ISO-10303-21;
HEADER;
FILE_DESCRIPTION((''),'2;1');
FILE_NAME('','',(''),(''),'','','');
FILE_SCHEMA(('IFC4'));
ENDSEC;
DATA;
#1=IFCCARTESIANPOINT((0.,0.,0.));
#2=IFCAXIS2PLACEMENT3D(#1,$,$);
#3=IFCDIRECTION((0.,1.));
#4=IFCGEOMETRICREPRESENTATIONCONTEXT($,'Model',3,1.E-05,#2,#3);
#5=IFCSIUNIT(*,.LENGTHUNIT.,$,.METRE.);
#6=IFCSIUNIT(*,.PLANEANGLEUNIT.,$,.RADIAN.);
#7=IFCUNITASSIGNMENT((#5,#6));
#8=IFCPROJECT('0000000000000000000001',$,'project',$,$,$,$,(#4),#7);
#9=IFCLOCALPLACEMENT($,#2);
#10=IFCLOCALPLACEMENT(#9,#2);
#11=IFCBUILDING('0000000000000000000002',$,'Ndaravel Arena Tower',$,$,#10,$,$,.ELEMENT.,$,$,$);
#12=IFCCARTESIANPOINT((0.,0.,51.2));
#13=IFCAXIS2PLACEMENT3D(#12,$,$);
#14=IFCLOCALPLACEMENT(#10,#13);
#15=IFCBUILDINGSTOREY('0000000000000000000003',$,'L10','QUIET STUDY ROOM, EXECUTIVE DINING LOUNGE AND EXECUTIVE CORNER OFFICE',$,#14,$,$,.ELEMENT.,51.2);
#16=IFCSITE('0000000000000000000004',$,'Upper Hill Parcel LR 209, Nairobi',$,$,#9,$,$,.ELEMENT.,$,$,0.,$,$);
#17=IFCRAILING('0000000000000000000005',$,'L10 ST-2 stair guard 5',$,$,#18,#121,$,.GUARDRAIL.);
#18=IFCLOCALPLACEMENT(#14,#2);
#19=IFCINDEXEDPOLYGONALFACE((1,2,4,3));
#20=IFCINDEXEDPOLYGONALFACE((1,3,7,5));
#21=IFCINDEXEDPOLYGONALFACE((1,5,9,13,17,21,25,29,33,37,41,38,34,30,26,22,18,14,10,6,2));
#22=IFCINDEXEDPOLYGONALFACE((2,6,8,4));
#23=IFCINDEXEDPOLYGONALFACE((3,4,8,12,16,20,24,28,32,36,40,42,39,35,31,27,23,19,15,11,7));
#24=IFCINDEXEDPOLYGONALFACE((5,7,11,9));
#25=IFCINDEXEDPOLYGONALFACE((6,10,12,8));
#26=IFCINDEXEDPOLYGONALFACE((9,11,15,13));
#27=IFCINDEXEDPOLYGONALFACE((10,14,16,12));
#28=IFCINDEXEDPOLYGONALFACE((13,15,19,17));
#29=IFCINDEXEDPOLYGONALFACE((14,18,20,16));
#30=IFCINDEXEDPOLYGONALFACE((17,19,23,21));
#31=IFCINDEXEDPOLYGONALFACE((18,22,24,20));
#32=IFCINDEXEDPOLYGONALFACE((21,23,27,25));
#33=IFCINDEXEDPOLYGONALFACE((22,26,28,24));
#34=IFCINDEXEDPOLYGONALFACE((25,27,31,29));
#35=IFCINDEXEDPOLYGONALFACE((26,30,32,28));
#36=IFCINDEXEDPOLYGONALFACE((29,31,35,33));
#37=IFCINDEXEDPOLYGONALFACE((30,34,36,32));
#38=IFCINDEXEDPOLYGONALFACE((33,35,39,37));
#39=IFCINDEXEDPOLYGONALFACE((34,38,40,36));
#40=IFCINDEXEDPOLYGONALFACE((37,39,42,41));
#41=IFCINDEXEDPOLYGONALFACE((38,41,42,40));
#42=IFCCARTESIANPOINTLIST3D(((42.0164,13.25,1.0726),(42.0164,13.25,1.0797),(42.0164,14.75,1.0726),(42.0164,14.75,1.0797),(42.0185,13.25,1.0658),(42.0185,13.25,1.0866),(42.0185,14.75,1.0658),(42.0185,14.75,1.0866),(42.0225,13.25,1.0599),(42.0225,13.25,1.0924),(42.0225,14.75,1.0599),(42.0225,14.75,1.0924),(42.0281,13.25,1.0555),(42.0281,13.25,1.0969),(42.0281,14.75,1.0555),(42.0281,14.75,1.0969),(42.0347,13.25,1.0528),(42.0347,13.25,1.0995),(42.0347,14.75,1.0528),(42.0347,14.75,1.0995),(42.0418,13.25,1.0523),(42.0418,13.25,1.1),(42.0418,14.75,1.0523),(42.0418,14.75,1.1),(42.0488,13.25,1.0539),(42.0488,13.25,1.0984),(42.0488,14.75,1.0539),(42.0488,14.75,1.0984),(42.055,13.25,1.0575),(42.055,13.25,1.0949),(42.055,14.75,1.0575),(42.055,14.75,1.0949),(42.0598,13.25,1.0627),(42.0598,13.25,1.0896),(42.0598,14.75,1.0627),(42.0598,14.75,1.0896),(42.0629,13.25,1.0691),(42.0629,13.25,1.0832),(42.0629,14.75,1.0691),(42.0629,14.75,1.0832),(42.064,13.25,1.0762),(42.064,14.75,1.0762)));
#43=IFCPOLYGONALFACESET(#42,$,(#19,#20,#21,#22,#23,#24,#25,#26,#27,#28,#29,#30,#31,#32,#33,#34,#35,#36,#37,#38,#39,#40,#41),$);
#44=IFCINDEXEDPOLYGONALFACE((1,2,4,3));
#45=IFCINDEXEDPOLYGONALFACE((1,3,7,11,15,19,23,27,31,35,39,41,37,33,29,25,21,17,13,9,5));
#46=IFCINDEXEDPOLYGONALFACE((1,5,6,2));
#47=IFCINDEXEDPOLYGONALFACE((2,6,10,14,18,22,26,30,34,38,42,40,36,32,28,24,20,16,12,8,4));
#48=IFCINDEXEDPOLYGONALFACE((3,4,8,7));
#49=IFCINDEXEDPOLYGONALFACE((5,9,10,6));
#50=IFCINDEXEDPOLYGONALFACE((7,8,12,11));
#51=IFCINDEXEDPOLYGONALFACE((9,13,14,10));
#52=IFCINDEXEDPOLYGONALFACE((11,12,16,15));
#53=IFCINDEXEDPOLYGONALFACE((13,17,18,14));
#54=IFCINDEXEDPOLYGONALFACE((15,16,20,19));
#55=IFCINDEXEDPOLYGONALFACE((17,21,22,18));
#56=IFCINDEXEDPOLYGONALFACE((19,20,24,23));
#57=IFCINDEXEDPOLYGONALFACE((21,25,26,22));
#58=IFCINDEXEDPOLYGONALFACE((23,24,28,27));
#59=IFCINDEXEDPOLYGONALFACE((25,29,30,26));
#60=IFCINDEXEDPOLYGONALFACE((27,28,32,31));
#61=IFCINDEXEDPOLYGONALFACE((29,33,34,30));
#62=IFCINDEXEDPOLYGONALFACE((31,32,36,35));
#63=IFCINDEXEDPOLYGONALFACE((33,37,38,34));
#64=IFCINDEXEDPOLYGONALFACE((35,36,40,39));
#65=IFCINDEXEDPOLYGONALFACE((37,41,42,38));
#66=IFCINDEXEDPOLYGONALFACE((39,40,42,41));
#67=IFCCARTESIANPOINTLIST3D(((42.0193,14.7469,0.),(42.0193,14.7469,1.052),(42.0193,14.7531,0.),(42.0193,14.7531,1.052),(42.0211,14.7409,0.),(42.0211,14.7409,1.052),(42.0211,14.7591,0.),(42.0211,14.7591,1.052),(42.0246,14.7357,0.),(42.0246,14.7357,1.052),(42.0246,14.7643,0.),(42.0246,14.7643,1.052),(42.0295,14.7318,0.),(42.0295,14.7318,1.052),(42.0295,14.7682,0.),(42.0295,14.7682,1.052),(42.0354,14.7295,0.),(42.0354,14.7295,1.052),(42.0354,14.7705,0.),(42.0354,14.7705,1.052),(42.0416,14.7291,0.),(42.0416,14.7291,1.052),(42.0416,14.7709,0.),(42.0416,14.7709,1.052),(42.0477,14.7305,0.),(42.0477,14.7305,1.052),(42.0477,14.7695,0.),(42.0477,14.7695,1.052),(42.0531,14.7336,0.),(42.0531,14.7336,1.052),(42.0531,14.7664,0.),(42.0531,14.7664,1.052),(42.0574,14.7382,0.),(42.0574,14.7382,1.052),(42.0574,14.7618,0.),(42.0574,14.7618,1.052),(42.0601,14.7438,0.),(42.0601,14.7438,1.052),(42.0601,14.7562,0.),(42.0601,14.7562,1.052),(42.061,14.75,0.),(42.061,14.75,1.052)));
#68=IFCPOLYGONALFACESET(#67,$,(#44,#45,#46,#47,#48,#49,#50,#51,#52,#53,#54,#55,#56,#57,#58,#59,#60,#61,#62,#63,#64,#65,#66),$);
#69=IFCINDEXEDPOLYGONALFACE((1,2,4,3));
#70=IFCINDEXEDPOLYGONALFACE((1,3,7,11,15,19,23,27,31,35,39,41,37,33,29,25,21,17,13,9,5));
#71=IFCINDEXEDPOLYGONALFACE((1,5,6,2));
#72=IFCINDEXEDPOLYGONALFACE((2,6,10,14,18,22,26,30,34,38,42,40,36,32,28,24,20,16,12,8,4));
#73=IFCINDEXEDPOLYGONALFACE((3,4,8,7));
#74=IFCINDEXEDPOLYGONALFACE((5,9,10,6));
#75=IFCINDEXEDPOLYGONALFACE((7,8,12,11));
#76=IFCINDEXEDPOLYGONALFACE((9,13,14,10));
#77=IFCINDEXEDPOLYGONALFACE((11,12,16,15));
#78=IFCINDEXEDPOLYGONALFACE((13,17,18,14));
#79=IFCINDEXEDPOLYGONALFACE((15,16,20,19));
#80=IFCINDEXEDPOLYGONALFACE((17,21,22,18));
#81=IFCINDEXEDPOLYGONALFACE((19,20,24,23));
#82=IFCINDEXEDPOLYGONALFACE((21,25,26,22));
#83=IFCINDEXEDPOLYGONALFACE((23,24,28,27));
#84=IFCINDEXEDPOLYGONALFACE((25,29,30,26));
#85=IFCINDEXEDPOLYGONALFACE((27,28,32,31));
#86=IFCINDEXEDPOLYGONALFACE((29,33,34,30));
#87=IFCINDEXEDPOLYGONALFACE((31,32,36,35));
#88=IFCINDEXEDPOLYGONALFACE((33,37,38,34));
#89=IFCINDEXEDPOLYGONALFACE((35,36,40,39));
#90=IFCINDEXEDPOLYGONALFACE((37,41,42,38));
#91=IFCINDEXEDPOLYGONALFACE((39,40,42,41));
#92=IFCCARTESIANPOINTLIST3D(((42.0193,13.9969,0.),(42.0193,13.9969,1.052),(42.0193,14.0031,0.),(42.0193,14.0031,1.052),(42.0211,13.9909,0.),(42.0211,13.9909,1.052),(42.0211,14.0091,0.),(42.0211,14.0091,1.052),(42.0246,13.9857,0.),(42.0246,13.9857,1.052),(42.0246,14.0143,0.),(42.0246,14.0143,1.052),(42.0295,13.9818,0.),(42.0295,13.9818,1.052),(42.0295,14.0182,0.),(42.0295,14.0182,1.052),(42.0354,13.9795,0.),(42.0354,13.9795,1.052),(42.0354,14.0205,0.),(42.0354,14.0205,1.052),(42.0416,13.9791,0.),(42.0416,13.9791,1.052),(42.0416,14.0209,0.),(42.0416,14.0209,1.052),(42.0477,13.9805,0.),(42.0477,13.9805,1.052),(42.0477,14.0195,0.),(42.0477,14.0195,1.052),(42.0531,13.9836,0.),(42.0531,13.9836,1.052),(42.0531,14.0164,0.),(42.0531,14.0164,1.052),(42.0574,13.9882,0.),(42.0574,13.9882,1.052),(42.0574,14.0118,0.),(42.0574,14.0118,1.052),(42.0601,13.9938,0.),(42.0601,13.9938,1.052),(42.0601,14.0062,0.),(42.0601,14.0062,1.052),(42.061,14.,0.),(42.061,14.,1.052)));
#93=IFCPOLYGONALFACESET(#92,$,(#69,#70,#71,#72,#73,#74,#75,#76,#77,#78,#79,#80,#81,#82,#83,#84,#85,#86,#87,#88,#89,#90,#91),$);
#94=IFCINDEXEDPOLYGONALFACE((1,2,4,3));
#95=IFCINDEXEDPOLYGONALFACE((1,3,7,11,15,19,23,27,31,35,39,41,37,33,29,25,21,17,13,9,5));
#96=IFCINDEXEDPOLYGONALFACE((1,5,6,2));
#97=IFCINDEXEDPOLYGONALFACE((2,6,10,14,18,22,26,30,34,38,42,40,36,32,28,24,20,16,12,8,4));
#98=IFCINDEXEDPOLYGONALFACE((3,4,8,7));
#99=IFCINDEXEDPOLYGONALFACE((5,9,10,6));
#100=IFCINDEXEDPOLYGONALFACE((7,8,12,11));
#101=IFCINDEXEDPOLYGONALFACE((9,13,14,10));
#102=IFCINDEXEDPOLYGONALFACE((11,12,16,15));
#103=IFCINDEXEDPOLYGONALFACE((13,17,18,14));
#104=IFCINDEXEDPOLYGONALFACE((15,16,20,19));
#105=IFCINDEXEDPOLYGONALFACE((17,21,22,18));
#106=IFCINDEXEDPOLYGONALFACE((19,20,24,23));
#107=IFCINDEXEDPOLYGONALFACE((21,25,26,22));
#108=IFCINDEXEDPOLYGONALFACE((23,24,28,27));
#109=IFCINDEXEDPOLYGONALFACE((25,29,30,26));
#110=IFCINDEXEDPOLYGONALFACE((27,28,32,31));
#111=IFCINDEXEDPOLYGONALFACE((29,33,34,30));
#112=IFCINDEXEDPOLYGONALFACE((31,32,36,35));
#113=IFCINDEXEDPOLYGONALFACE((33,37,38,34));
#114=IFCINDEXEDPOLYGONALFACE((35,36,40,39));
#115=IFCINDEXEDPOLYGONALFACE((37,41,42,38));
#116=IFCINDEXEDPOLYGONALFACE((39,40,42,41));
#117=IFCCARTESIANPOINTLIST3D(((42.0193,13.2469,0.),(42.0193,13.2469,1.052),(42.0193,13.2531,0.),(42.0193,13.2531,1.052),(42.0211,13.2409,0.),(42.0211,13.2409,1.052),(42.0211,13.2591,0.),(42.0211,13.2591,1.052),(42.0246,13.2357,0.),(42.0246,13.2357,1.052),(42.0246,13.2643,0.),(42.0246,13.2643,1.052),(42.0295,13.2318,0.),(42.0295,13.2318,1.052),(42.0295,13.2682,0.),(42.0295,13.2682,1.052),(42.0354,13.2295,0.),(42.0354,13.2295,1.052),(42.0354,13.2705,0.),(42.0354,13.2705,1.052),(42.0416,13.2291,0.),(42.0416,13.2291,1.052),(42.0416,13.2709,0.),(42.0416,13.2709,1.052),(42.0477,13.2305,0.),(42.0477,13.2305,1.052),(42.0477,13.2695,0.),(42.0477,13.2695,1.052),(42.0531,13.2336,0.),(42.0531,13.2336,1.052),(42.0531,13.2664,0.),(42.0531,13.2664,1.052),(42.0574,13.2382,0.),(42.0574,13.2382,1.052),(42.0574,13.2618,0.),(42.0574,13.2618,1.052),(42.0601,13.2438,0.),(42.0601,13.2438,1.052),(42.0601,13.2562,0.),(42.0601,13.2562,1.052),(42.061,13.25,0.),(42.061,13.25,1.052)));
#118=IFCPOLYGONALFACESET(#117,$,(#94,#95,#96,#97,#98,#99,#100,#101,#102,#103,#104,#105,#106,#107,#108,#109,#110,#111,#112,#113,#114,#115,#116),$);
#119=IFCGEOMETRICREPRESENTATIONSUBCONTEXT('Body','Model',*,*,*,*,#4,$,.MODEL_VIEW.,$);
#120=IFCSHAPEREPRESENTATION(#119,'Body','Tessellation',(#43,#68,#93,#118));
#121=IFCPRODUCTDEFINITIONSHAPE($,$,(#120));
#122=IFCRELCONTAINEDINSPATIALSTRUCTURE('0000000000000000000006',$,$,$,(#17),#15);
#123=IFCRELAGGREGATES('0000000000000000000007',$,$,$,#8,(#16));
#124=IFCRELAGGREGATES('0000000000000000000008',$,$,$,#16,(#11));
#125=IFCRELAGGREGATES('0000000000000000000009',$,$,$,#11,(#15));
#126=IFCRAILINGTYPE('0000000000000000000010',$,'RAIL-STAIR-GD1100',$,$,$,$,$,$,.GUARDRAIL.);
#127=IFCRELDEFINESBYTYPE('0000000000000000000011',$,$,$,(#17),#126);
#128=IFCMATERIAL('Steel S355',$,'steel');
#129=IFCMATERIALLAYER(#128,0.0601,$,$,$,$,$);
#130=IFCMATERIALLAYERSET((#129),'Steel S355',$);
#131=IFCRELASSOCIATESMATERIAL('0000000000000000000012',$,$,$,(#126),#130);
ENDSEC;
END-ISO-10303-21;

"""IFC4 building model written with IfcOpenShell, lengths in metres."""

from ifc_helpers import new_model, si_unit, direction, frame, origin, origin_2d, place, context, subcontext, project, spatial, circle, extrude, material, layer, layer_set, type_object, element, save


model = new_model("IFC4")

# Units and contexts
model_context = context("Model", 3, precision=1e-05, world=origin(), true_north=direction((0.0, 1.0)))
body_context = subcontext(model_context, "Body", "Model", "MODEL_VIEW")
ifc_project = project(units=[si_unit("LENGTHUNIT", "METRE"), si_unit("PLANEANGLEUNIT", "RADIAN")], contexts=[model_context])

# Site, building, storey
site_placement = place(None, origin())
site = spatial("IfcSite", under=ifc_project, at=site_placement, Name="Upper Hill Parcel LR 209, Nairobi", CompositionType="ELEMENT", RefElevation=0.0)
building_placement = place(site_placement, origin())
building = spatial("IfcBuilding", under=site, at=building_placement, Name="Ndaravel Arena Tower", CompositionType="ELEMENT")
storey_placement = place(building_placement, frame((0.0, 0.0, 51.2)))
storey = spatial("IfcBuildingStorey", under=building, at=storey_placement, Name="L10", Description="QUIET STUDY ROOM, EXECUTIVE DINING LOUNGE AND EXECUTIVE CORNER OFFICE", CompositionType="ELEMENT", Elevation=51.2)

# Railing
ifc_material_1 = material(Name="Steel S355", Category="steel")
ifc_layer_1 = layer(ifc_material_1, 0.0601)
ifc_layer_set_1 = layer_set([ifc_layer_1], Name="Steel S355")
railing_type = type_object("IfcRailingType", Name="RAIL-STAIR-GD1100", PredefinedType="GUARDRAIL", material=ifc_layer_set_1)
for number, where, name in (
    (1, (42.04, 14.75, 0.0), "L10 ST-2 stair guard 5"),
):
    element("IfcRailing", number, at=place(storey_placement, frame(where)), inside=storey, type_object=railing_type, Name=name, PredefinedType="GUARDRAIL", context=body_context, shape_type="SweptSolid", body=[
        extrude(circle(Radius=0.0239, at=origin_2d()), frame((0.0, 0.0, 1.0762), z_axis=(0.0, -1.0, 0.0), x_axis=(1.0, 0.0, 0.0)), (0.0, 0.0, 1.0), 1.5),
        extrude(circle(Radius=0.021, at=origin_2d()), origin(), (0.0, 0.0, 1.0), 1.052),
        extrude(circle(Radius=0.021, at=origin_2d()), frame((0.0, -0.75, 0.0)), (0.0, 0.0, 1.0), 1.052),
        extrude(circle(Radius=0.021, at=origin_2d()), frame((0.0, -1.5, 0.0)), (0.0, 0.0, 1.0), 1.052),
    ])

save(model, "model.ifc")
